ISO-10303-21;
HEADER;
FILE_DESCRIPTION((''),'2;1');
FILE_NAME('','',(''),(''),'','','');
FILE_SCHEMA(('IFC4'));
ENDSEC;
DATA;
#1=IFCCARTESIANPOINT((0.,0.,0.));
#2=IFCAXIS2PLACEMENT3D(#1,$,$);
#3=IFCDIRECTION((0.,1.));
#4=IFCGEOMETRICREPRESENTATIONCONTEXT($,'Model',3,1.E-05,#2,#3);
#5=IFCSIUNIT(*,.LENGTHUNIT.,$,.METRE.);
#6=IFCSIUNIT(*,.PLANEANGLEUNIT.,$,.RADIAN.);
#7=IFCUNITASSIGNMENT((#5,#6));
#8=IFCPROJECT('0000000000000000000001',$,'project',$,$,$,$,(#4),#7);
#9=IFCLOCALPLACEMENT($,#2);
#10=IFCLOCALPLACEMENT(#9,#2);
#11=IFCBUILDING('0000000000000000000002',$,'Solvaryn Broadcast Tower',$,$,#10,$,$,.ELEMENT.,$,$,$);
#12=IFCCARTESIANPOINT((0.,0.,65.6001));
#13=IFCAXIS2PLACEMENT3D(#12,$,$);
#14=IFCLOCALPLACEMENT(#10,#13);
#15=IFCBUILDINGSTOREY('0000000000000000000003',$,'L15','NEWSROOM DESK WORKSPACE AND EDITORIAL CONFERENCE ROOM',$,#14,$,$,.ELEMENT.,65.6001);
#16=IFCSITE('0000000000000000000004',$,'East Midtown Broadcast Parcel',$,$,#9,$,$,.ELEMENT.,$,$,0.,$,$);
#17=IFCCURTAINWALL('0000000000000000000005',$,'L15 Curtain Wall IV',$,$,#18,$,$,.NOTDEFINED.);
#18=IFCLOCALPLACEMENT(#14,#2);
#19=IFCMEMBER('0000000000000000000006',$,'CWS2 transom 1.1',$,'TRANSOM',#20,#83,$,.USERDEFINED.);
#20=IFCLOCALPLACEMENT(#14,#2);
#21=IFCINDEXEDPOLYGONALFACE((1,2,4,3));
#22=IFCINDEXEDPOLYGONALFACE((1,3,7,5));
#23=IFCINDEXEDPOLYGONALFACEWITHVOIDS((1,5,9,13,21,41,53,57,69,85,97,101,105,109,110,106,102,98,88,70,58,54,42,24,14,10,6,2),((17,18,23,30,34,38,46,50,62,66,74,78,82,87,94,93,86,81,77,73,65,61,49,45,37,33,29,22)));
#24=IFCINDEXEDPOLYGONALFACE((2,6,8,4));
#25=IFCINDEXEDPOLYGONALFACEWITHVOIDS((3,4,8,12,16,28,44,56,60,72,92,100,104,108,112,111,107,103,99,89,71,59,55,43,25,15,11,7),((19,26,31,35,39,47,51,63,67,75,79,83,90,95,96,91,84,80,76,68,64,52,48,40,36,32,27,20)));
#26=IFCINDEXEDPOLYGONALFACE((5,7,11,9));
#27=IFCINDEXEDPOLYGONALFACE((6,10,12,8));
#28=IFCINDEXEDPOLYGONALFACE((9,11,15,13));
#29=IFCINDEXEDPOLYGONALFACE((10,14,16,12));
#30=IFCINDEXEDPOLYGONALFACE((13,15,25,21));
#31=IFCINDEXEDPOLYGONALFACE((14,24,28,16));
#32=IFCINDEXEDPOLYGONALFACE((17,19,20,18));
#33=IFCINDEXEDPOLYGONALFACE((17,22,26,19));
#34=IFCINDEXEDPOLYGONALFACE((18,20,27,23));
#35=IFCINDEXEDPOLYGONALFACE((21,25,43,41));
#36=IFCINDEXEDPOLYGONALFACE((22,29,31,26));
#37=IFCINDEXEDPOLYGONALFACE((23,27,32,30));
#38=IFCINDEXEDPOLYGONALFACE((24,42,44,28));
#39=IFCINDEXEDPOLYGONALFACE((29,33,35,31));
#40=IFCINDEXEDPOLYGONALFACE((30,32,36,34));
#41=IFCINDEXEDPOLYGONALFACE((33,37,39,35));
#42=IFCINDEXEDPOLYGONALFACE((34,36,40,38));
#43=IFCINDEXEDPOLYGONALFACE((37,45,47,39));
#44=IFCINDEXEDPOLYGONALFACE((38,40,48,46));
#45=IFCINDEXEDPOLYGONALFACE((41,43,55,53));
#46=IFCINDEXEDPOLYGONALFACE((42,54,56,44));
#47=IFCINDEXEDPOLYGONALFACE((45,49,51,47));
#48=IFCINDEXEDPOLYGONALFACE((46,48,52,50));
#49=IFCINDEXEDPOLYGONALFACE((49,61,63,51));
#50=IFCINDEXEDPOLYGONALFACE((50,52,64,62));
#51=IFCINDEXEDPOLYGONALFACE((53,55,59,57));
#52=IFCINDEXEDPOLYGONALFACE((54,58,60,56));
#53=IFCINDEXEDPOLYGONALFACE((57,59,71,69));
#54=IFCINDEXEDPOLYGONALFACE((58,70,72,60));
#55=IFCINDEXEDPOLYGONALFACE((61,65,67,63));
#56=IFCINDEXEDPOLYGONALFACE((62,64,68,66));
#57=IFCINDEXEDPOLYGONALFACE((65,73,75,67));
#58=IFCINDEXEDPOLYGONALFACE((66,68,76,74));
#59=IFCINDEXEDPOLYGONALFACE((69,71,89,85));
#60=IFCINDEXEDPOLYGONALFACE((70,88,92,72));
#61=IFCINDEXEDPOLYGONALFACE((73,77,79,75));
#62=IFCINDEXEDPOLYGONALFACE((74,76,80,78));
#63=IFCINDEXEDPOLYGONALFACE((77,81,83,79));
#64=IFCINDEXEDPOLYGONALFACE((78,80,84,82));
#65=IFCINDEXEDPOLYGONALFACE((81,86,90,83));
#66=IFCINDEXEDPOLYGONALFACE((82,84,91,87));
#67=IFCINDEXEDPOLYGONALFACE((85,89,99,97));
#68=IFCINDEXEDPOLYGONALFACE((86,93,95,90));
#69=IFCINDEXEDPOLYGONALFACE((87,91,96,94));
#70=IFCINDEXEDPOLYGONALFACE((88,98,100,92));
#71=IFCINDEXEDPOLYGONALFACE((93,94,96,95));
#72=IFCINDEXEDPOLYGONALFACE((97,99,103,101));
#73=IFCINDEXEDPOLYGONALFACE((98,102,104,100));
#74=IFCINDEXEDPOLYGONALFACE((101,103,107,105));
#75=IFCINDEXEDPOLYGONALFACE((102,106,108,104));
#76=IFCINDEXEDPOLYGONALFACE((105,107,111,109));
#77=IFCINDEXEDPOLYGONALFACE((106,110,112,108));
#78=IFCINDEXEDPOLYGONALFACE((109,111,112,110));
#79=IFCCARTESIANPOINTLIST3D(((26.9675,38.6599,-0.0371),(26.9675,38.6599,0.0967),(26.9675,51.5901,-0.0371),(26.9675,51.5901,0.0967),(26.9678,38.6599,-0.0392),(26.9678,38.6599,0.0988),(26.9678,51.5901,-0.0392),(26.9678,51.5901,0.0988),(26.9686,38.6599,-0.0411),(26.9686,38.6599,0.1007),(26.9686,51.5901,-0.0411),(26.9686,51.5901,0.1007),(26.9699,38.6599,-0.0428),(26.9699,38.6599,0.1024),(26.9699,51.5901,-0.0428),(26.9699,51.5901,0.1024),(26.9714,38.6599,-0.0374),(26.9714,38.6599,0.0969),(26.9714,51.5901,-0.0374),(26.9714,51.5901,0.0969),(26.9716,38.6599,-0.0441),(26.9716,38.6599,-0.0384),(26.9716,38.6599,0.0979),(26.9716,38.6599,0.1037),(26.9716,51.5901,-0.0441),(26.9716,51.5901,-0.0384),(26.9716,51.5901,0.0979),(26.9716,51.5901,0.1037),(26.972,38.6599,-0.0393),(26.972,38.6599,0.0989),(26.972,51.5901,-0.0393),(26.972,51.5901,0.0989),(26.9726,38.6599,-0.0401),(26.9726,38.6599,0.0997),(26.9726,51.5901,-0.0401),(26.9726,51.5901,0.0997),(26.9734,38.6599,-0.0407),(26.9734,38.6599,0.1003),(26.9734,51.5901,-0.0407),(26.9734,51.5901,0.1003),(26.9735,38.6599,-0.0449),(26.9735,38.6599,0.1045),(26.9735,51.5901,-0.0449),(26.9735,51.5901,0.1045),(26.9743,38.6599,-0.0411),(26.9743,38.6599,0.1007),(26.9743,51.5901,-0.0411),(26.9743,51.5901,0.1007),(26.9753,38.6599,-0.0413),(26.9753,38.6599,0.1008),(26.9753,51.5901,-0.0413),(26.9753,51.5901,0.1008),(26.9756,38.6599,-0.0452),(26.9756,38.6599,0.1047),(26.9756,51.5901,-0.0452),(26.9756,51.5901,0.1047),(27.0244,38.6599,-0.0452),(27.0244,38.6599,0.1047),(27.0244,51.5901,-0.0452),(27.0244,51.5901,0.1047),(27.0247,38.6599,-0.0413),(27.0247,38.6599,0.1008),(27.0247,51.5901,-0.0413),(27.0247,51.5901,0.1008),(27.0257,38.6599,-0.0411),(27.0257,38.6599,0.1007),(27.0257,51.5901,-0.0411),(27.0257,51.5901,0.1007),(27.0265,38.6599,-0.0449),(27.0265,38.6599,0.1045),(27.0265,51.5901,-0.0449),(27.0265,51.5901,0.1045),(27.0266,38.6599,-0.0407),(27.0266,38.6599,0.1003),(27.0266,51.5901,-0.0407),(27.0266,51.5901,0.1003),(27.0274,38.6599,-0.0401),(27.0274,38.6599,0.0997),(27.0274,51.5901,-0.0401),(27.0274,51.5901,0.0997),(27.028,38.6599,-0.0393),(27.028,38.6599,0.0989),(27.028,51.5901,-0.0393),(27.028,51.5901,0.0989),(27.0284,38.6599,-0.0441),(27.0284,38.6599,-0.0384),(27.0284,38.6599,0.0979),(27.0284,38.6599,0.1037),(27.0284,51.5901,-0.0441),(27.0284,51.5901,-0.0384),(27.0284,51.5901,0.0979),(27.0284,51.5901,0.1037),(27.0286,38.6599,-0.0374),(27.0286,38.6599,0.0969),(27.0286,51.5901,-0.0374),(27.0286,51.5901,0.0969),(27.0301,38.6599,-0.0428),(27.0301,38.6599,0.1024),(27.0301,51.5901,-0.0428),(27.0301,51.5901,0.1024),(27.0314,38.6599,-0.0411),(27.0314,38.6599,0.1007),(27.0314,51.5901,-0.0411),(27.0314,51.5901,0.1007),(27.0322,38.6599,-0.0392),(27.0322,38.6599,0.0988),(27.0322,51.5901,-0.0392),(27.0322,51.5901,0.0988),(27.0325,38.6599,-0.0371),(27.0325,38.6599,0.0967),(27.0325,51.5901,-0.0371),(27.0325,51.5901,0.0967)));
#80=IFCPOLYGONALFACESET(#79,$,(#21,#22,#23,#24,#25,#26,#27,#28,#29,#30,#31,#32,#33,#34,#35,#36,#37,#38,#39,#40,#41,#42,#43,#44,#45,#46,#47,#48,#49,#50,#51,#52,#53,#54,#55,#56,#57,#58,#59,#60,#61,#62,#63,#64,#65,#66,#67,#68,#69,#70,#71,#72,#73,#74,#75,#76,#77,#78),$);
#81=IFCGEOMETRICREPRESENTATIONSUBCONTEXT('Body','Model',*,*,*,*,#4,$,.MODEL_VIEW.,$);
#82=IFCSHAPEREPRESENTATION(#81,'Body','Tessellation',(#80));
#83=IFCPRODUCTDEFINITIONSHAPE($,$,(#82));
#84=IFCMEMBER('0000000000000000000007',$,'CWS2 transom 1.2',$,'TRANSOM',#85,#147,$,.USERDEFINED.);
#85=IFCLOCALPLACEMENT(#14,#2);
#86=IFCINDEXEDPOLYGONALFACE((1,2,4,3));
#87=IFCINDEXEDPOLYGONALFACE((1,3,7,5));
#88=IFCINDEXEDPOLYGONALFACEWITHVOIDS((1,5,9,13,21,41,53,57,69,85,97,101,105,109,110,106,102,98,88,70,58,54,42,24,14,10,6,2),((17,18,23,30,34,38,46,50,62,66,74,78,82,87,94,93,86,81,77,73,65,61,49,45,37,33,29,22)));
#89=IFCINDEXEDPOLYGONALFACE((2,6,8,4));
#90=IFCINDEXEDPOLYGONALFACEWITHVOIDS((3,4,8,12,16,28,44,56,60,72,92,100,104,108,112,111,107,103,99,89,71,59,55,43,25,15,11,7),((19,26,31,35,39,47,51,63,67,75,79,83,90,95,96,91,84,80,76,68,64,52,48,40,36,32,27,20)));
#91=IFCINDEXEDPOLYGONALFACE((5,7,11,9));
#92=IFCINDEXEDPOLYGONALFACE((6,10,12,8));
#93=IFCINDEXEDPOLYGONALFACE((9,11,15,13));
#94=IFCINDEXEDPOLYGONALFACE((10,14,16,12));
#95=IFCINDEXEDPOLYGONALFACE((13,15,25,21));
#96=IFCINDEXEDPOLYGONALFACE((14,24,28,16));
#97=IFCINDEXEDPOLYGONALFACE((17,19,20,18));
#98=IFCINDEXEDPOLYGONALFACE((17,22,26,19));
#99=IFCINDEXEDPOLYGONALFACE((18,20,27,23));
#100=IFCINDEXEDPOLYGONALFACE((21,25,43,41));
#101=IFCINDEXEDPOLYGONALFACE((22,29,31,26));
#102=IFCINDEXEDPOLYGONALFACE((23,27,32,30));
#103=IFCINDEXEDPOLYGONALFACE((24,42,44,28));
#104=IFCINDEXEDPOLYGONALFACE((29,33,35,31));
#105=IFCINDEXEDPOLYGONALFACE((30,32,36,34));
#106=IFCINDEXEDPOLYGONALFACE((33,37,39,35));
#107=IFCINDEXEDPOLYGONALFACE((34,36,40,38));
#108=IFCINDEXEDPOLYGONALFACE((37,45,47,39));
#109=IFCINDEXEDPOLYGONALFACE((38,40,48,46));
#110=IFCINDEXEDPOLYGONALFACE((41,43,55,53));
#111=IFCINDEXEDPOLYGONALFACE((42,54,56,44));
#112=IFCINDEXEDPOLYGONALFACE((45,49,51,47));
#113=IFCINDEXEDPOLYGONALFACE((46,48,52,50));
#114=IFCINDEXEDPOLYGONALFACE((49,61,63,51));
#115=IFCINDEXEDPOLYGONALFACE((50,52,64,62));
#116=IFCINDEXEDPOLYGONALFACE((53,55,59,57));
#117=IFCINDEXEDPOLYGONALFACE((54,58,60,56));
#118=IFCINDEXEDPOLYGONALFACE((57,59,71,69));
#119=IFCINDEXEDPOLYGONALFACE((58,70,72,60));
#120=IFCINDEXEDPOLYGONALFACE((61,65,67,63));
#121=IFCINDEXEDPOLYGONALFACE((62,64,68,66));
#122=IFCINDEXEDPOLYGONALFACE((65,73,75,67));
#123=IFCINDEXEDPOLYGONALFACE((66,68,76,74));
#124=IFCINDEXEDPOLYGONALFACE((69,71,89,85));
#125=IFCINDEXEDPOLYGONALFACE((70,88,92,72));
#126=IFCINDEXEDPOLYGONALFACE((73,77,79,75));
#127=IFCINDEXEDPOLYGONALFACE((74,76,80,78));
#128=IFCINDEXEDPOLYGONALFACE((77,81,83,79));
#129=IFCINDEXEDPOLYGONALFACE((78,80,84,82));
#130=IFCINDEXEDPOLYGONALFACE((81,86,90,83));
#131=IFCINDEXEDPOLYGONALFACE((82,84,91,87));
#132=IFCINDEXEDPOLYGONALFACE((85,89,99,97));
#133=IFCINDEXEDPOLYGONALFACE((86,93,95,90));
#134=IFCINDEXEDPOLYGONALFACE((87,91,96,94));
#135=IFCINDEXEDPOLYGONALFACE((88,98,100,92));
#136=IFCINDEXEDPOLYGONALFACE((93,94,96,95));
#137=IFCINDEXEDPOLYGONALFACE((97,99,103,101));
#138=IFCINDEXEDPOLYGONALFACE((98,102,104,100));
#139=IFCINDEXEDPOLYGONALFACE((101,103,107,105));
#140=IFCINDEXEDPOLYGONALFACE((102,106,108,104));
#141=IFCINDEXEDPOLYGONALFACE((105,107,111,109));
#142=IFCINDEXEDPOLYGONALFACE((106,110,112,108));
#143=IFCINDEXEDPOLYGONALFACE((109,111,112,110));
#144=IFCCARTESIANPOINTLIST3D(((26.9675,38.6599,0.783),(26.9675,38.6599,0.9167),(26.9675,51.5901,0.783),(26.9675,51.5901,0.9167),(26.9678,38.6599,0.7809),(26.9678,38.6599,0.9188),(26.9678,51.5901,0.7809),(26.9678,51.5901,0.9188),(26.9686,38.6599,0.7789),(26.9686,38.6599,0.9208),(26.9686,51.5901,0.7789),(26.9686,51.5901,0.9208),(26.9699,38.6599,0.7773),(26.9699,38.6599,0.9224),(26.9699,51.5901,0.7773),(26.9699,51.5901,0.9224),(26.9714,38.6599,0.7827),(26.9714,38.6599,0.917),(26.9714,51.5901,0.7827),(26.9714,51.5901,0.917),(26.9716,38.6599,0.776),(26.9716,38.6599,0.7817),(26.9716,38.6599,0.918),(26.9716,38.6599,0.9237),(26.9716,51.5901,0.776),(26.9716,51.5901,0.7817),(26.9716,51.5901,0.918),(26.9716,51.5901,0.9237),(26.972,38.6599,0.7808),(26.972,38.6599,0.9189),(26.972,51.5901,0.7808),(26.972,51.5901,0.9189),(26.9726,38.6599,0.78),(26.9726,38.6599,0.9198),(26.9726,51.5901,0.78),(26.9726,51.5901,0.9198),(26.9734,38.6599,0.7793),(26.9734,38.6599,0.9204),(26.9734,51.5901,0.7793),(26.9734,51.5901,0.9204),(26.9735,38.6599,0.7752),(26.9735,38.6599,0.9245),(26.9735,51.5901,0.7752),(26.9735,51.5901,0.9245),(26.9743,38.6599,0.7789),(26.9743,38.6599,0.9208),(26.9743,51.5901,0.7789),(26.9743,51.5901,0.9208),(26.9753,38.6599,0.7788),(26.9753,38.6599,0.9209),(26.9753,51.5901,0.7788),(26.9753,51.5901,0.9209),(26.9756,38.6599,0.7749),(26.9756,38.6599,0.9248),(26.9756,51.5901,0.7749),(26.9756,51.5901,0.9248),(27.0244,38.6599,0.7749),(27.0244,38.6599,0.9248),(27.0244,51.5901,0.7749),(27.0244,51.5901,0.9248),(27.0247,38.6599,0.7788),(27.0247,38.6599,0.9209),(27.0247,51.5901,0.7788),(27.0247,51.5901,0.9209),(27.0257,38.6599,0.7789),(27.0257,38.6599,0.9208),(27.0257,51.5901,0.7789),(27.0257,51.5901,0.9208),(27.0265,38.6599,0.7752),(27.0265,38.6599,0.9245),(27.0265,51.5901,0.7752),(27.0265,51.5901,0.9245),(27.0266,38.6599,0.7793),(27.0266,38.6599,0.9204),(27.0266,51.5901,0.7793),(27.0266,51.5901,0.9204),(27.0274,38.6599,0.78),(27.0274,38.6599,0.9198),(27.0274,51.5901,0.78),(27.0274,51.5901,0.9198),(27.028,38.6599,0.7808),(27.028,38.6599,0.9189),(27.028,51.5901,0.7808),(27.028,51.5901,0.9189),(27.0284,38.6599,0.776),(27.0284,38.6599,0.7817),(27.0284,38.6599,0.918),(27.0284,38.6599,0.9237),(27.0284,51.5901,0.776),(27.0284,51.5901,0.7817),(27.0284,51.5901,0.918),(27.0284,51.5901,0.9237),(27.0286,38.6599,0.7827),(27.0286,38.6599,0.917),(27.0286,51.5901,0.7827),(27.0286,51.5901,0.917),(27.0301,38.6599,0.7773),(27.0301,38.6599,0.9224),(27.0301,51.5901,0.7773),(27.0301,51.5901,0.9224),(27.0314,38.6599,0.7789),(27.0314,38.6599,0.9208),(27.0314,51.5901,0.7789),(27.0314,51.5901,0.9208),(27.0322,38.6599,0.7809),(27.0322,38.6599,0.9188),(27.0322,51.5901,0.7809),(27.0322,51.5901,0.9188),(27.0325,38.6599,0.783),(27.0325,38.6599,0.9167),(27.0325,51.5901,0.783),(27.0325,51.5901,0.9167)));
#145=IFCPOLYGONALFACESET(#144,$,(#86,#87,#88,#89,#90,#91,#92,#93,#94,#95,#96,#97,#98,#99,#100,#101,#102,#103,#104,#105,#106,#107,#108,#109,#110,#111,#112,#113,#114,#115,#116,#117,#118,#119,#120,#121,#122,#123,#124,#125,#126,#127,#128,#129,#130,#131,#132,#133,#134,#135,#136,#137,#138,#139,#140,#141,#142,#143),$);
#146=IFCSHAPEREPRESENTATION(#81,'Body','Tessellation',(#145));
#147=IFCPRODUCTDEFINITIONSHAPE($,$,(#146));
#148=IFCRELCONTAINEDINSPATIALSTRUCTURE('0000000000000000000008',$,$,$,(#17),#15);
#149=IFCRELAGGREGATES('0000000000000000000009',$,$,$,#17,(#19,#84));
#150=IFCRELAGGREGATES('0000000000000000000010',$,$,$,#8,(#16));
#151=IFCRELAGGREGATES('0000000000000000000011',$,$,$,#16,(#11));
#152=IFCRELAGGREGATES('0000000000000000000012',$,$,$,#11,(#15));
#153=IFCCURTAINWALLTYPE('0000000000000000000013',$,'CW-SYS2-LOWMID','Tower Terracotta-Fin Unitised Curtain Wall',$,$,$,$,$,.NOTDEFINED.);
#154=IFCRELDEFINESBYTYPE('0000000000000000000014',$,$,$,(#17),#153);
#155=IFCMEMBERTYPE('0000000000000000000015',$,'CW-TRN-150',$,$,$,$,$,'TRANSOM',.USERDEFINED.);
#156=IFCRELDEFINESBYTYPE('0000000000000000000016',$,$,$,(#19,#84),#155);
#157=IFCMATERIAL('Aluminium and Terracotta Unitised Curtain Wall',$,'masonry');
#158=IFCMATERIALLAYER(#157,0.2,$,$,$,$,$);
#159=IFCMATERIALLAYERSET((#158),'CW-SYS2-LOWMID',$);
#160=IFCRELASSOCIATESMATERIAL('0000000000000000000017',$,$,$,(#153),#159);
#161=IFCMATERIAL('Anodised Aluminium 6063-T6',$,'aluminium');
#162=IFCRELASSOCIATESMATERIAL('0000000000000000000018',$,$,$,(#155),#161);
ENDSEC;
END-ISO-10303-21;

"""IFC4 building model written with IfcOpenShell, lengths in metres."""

from ifc_helpers import new_model, si_unit, direction, frame, origin, origin_2d, place, context, subcontext, project, spatial, hollow_rectangle, extrude, material, layer, layer_set, material_profile, profile_set, type_object, element, aggregate, save


model = new_model("IFC4")

# Units and contexts
model_context = context("Model", 3, precision=1e-05, world=origin(), true_north=direction((0.0, 1.0)))
body_context = subcontext(model_context, "Body", "Model", "MODEL_VIEW")
ifc_project = project(units=[si_unit("LENGTHUNIT", "METRE"), si_unit("PLANEANGLEUNIT", "RADIAN")], contexts=[model_context])

# Site, building, storey
site_placement = place(None, origin())
site = spatial("IfcSite", under=ifc_project, at=site_placement, Name="East Midtown Broadcast Parcel", CompositionType="ELEMENT", RefElevation=0.0)
building_placement = place(site_placement, origin())
building = spatial("IfcBuilding", under=site, at=building_placement, Name="Solvaryn Broadcast Tower", CompositionType="ELEMENT")
storey_placement = place(building_placement, frame((0.0, 0.0, 65.6001)))
storey = spatial("IfcBuildingStorey", under=building, at=storey_placement, Name="L15", Description="NEWSROOM DESK WORKSPACE AND EDITORIAL CONFERENCE ROOM", CompositionType="ELEMENT", Elevation=65.6001)

# Curtain wall
ifc_material_1 = material(Name="Aluminium and Terracotta Unitised Curtain Wall", Category="masonry")
ifc_layer_1 = layer(ifc_material_1, 0.2)
ifc_layer_set_1 = layer_set([ifc_layer_1], Name="CW-SYS2-LOWMID")
curtain_wall_type = type_object("IfcCurtainWallType", Name="CW-SYS2-LOWMID", Description="Tower Terracotta-Fin Unitised Curtain Wall", PredefinedType="NOTDEFINED", material=ifc_layer_set_1)
curtain_wall_1_placement = place(storey_placement, origin())
curtain_wall_1 = element("IfcCurtainWall", 1, at=curtain_wall_1_placement, inside=storey, type_object=curtain_wall_type, Name="L15 Curtain Wall IV", PredefinedType="NOTDEFINED")

# Members
ifc_material_2 = material(Name="Anodised Aluminium 6063-T6", Category="aluminium")
ifc_material_profile_1 = material_profile(ifc_material_2, hollow_rectangle(XDim=0.0649, YDim=0.1499, WallThickness=0.0039, InnerFilletRadius=0.0039, OuterFilletRadius=0.0081, at=origin_2d()))
ifc_profile_set_1 = profile_set([ifc_material_profile_1], Name="Anodised Aluminium 6063-T6")
member_type_1 = type_object("IfcMemberType", Name="CW-TRN-150", ElementType="TRANSOM", PredefinedType="USERDEFINED", material=ifc_profile_set_1)
member_1_placement = place(storey_placement, frame((27.0, 51.5901, 0.0298), z_axis=(0.0, -1.0, 0.0), x_axis=(1.0, 0.0, 0.0)))
member_1 = element("IfcMember", 2, at=member_1_placement, type_object=member_type_1, Name="CWS2 transom 1.1", ObjectType="TRANSOM", PredefinedType="USERDEFINED", context=body_context, shape_type="SweptSolid", body=[
    extrude(hollow_rectangle(XDim=0.0649, YDim=0.1499, WallThickness=0.0039, InnerFilletRadius=0.0039, OuterFilletRadius=0.0081, at=origin_2d()), origin(), (0.0, 0.0, 1.0), 12.9302),
])
member_2_placement = place(storey_placement, frame((27.0, 51.5901, 0.8499), z_axis=(0.0, -1.0, 0.0), x_axis=(1.0, 0.0, 0.0)))
member_2 = element("IfcMember", 3, at=member_2_placement, type_object=member_type_1, Name="CWS2 transom 1.2", ObjectType="TRANSOM", PredefinedType="USERDEFINED", context=body_context, shape_type="SweptSolid", body=[
    extrude(hollow_rectangle(XDim=0.0649, YDim=0.1499, WallThickness=0.0039, InnerFilletRadius=0.0039, OuterFilletRadius=0.0081, at=origin_2d()), origin(), (0.0, 0.0, 1.0), 12.9302),
])

aggregate(curtain_wall_1, [member_1, member_2])

save(model, "model.ifc")
